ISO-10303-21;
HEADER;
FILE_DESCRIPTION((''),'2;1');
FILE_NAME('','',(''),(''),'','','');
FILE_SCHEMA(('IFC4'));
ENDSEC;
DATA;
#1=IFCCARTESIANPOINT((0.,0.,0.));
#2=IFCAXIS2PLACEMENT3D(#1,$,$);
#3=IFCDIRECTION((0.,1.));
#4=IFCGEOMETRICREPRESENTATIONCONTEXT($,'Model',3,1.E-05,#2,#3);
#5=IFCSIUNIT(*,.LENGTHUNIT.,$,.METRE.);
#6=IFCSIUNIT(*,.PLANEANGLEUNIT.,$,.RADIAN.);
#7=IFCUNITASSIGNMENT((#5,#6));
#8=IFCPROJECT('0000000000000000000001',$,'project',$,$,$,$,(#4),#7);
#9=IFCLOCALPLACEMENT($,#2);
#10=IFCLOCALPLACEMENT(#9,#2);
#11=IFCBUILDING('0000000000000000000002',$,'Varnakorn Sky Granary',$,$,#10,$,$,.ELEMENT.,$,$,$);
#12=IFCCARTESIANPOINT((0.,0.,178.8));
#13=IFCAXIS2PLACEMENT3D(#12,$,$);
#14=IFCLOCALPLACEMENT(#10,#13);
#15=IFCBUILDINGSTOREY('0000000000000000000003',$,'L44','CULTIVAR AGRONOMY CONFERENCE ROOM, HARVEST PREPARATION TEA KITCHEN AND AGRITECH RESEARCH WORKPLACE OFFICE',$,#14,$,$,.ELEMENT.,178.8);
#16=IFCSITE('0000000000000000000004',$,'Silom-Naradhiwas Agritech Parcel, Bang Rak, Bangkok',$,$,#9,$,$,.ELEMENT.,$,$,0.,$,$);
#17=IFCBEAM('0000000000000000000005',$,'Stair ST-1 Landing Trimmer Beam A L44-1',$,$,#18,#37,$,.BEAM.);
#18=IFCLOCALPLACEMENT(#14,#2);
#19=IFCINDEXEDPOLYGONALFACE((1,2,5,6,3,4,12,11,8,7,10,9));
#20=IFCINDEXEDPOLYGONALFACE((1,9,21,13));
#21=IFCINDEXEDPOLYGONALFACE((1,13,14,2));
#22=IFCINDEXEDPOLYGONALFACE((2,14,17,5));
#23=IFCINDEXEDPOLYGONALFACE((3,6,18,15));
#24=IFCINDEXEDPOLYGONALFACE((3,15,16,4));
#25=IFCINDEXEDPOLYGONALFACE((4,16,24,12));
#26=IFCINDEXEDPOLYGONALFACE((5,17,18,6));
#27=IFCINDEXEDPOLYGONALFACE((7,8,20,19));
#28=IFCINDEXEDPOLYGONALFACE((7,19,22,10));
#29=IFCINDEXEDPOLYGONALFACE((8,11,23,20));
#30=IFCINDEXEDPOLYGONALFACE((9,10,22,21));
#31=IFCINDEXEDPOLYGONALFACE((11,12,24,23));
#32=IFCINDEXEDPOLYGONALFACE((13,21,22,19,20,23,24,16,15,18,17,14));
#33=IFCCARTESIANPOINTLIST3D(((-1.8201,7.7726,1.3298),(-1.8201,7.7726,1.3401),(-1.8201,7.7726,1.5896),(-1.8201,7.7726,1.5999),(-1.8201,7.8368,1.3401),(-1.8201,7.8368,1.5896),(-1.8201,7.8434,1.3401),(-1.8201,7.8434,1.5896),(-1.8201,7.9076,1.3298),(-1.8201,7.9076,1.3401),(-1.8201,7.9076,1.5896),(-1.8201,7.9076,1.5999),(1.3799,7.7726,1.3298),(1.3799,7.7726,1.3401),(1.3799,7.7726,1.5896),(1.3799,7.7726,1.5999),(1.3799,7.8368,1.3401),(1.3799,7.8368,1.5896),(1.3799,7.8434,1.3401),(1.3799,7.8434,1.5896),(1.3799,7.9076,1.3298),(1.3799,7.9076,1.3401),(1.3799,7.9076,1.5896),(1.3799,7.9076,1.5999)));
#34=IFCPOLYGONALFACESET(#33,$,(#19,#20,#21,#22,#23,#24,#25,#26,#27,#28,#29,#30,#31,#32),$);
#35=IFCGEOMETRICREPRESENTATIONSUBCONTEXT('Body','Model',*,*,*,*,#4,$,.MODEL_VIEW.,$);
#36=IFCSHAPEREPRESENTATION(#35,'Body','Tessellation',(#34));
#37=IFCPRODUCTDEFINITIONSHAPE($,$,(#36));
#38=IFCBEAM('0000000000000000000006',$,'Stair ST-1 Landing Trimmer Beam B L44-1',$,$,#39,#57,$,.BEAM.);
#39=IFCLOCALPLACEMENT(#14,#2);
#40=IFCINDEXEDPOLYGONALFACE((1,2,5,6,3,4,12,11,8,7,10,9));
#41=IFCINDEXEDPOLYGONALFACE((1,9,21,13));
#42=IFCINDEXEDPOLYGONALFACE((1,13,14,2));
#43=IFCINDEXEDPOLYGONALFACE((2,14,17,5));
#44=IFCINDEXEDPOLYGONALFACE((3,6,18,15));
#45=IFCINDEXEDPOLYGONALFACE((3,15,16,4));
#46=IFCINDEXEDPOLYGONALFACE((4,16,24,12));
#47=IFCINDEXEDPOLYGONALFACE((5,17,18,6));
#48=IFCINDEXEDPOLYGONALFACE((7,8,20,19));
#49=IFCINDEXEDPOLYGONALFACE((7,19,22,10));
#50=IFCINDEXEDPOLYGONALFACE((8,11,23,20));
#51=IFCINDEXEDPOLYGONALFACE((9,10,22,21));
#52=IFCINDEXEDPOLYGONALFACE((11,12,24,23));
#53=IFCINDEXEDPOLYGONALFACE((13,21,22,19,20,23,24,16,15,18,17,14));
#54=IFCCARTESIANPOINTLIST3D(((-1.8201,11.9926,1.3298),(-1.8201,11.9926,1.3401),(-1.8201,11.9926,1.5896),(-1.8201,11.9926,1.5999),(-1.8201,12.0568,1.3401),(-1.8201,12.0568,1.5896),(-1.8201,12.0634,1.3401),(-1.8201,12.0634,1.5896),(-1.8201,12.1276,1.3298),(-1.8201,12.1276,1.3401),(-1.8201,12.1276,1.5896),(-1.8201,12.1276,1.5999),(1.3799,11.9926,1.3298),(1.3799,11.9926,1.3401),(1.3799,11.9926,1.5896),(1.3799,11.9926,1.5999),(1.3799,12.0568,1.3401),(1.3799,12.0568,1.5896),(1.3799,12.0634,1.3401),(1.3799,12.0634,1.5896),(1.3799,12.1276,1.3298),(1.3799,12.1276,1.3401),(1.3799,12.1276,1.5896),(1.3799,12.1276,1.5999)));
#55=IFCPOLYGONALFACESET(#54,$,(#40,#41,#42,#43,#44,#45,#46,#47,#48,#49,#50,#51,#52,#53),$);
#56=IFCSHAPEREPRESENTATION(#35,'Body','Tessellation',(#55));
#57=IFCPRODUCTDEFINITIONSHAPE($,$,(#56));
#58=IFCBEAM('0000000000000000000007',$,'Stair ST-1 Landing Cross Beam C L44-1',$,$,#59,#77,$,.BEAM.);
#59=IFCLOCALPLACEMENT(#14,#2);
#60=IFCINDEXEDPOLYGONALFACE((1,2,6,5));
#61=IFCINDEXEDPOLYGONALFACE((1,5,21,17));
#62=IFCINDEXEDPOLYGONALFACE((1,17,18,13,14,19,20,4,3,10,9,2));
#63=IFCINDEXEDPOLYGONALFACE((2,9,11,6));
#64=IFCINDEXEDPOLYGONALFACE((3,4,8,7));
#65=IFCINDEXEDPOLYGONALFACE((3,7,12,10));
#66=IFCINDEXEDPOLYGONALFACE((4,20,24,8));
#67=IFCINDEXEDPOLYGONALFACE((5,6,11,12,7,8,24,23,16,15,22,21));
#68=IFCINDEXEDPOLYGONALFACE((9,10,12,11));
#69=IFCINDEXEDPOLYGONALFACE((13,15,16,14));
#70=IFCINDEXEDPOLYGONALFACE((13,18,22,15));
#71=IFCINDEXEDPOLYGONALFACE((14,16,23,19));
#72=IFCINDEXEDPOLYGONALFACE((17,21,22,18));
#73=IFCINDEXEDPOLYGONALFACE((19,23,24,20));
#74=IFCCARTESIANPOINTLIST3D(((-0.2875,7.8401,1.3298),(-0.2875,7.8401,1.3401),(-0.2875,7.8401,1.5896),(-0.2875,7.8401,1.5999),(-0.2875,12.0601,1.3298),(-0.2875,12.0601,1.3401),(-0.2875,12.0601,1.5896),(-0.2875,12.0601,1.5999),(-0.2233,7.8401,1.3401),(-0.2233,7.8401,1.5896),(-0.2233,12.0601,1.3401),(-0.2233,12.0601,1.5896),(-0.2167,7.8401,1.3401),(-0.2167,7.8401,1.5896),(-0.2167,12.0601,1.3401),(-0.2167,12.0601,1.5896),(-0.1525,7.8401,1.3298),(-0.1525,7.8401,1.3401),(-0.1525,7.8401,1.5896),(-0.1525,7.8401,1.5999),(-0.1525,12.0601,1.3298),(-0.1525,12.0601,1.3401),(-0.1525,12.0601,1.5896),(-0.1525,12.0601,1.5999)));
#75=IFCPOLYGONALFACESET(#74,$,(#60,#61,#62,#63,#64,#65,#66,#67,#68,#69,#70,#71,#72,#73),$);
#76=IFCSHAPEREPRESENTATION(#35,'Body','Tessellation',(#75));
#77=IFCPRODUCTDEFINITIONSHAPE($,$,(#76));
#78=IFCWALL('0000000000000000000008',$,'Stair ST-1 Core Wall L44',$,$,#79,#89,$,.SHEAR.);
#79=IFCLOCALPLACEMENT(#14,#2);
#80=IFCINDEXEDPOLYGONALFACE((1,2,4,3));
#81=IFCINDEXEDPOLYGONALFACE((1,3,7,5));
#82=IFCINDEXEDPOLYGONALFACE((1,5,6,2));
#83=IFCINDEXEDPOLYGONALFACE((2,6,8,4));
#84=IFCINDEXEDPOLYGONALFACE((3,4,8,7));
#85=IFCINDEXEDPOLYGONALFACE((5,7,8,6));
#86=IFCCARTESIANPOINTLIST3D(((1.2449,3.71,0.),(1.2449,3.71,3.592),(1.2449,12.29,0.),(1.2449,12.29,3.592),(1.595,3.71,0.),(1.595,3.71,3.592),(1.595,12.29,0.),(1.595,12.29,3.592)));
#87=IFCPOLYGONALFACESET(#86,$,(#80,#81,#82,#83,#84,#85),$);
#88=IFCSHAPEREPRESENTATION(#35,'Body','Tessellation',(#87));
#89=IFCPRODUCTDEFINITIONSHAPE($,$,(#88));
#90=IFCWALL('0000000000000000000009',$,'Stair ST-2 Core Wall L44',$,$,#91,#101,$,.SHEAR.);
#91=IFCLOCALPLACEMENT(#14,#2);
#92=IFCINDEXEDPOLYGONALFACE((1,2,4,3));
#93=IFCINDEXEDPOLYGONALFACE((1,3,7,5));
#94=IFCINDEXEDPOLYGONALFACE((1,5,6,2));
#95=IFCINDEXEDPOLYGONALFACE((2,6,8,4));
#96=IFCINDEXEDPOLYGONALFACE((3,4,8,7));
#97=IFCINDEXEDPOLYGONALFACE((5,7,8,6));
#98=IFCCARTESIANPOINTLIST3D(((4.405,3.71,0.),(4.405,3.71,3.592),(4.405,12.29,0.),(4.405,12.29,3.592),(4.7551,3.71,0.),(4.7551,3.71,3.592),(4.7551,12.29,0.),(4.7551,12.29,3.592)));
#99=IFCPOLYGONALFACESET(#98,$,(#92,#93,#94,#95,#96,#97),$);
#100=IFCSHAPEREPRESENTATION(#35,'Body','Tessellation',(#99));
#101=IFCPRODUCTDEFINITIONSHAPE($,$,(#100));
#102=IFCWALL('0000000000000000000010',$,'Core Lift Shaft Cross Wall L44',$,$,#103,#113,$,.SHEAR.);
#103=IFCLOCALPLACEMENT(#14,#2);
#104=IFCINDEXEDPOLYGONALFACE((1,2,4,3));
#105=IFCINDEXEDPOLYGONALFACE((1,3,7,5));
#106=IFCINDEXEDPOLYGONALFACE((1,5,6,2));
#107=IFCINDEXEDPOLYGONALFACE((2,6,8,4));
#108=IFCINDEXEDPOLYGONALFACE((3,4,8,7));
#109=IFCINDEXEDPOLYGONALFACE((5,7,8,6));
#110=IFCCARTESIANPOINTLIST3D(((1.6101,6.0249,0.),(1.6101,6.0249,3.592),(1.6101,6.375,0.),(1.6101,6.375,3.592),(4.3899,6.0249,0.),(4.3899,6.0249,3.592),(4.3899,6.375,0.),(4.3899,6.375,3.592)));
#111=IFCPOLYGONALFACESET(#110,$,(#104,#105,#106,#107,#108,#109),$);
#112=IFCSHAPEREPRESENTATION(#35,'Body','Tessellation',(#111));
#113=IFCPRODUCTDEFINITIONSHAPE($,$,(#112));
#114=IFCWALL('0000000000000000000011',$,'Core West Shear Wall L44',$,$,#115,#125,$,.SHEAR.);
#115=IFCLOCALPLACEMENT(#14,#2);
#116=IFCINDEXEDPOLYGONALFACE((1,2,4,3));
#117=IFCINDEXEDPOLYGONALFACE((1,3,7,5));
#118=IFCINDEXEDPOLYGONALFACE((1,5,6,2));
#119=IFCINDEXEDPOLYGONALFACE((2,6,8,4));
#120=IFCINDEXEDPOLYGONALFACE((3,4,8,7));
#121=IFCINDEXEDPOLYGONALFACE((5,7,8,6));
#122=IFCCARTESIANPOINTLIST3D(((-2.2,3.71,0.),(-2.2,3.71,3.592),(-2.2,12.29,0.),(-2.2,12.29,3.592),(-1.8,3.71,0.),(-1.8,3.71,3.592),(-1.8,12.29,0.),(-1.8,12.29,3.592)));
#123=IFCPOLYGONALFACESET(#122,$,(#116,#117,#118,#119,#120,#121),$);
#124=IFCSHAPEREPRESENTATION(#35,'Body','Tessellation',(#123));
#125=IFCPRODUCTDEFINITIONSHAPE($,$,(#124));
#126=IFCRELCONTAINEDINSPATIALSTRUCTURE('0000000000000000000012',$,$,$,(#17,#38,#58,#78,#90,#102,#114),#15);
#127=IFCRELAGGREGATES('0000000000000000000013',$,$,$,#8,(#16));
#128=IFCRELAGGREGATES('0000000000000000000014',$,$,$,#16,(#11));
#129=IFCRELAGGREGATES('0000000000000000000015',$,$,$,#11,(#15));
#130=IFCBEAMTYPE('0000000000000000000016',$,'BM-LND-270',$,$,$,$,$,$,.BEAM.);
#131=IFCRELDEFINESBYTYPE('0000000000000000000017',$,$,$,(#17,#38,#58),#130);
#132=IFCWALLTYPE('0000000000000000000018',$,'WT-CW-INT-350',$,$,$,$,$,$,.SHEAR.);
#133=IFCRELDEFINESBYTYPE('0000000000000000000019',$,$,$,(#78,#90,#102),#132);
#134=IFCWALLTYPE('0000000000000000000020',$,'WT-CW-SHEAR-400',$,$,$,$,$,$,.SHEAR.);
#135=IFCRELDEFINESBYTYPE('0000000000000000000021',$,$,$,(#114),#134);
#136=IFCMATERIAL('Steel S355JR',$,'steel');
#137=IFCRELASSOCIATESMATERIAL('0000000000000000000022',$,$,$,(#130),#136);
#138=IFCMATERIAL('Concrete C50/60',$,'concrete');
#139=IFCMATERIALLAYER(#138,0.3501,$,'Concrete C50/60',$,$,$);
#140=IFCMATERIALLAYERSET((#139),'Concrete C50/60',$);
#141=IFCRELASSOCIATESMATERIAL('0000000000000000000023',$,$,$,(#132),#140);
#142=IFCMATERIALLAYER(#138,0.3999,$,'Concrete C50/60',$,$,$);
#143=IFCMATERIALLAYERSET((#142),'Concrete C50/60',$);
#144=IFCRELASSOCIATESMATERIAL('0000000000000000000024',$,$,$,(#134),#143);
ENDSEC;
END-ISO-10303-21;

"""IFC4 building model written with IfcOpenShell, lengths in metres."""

from ifc_helpers import new_model, si_unit, direction, frame, frame_2d, origin, origin_2d, place, context, subcontext, project, spatial, rectangle, i_section, extrude, material, layer, layer_set, material_profile, profile_set, type_object, element, save


model = new_model("IFC4")

# Units and contexts
model_context = context("Model", 3, precision=1e-05, world=origin(), true_north=direction((0.0, 1.0)))
body_context = subcontext(model_context, "Body", "Model", "MODEL_VIEW")
ifc_project = project(units=[si_unit("LENGTHUNIT", "METRE"), si_unit("PLANEANGLEUNIT", "RADIAN")], contexts=[model_context])

# Site, building, storey
site_placement = place(None, origin())
site = spatial("IfcSite", under=ifc_project, at=site_placement, Name="Silom-Naradhiwas Agritech Parcel, Bang Rak, Bangkok", CompositionType="ELEMENT", RefElevation=0.0)
building_placement = place(site_placement, origin())
building = spatial("IfcBuilding", under=site, at=building_placement, Name="Varnakorn Sky Granary", CompositionType="ELEMENT")
storey_placement = place(building_placement, frame((0.0, 0.0, 178.8)))
storey = spatial("IfcBuildingStorey", under=building, at=storey_placement, Name="L44", Description="CULTIVAR AGRONOMY CONFERENCE ROOM, HARVEST PREPARATION TEA KITCHEN AND AGRITECH RESEARCH WORKPLACE OFFICE", CompositionType="ELEMENT", Elevation=178.8)

# Beams
ifc_material_1 = material(Name="Steel S355JR", Category="steel")
ifc_material_profile = material_profile(ifc_material_1, i_section(OverallWidth=0.135, OverallDepth=0.27, WebThickness=0.0066, FlangeThickness=0.0103, at=origin_2d()), Name="IPE 270")
ifc_profile_set = profile_set([ifc_material_profile], Name="Steel S355JR")
beam_type = type_object("IfcBeamType", Name="BM-LND-270", PredefinedType="BEAM", material=ifc_profile_set)
for number, where, z_axis, x_axis, name in (
    (1, (-1.8201, 7.8401, 1.4648), (1.0, 0.0, 0.0), (0.0, 1.0, 0.0), "Stair ST-1 Landing Trimmer Beam A L44-1"),
    (2, (-1.8201, 12.0601, 1.4648), (1.0, 0.0, 0.0), (0.0, 1.0, 0.0), "Stair ST-1 Landing Trimmer Beam B L44-1"),
):
    element("IfcBeam", number, at=place(storey_placement, frame(where, z_axis=z_axis, x_axis=x_axis)), inside=storey, type_object=beam_type, Name=name, PredefinedType="BEAM", context=body_context, shape_type="SweptSolid", body=[
        extrude(i_section(OverallWidth=0.135, OverallDepth=0.27, WebThickness=0.0066, FlangeThickness=0.0103, at=origin_2d()), origin(), (0.0, 0.0, 1.0), 3.2),
    ])
beam_placement = place(storey_placement, frame((-0.22, 7.8401, 1.4648), z_axis=(0.0, 1.0, 0.0), x_axis=(-1.0, 0.0, 0.0)))
element("IfcBeam", 3, at=beam_placement, inside=storey, type_object=beam_type, Name="Stair ST-1 Landing Cross Beam C L44-1", PredefinedType="BEAM", context=body_context, shape_type="SweptSolid", body=[
    extrude(i_section(OverallWidth=0.135, OverallDepth=0.27, WebThickness=0.0066, FlangeThickness=0.0103, at=origin_2d()), origin(), (0.0, 0.0, 1.0), 4.22),
])

# Walls
ifc_material_2 = material(Name="Concrete C50/60", Category="concrete")
ifc_layer_1 = layer(ifc_material_2, 0.3501, Name="Concrete C50/60")
ifc_layer_set_1 = layer_set([ifc_layer_1], Name="Concrete C50/60")
wall_type_1 = type_object("IfcWallType", Name="WT-CW-INT-350", PredefinedType="SHEAR", material=ifc_layer_set_1)
for number, where, z_axis, x_axis, name in (
    (4, (1.4199, 3.71, 0.0), (0.0, 0.0, 1.0), (0.0, 1.0, 0.0), "Stair ST-1 Core Wall L44"),
    (5, (4.5801, 3.71, 0.0), (0.0, 0.0, 1.0), (0.0, 1.0, 0.0), "Stair ST-2 Core Wall L44"),
):
    element("IfcWall", number, at=place(storey_placement, frame(where, z_axis=z_axis, x_axis=x_axis)), inside=storey, type_object=wall_type_1, Name=name, PredefinedType="SHEAR", context=body_context, shape_type="SweptSolid", body=[
        extrude(rectangle(XDim=8.5801, YDim=0.3501, at=frame_2d((4.29, 0.0))), origin(), (0.0, 0.0, 1.0), 3.592),
    ])
wall_1_placement = place(storey_placement, frame((1.6101, 6.2, 0.0), z_axis=(0.0, 0.0, 1.0), x_axis=(1.0, 0.0, 0.0)))
element("IfcWall", 6, at=wall_1_placement, inside=storey, type_object=wall_type_1, Name="Core Lift Shaft Cross Wall L44", PredefinedType="SHEAR", context=body_context, shape_type="SweptSolid", body=[
    extrude(rectangle(XDim=2.7798, YDim=0.3501, at=frame_2d((1.3899, 0.0))), origin(), (0.0, 0.0, 1.0), 3.592),
])
ifc_layer_2 = layer(ifc_material_2, 0.3999, Name="Concrete C50/60")
ifc_layer_set_2 = layer_set([ifc_layer_2], Name="Concrete C50/60")
wall_type_2 = type_object("IfcWallType", Name="WT-CW-SHEAR-400", PredefinedType="SHEAR", material=ifc_layer_set_2)
wall_2_placement = place(storey_placement, frame((-2.0, 3.71, 0.0), z_axis=(0.0, 0.0, 1.0), x_axis=(0.0, 1.0, 0.0)))
element("IfcWall", 7, at=wall_2_placement, inside=storey, type_object=wall_type_2, Name="Core West Shear Wall L44", PredefinedType="SHEAR", context=body_context, shape_type="SweptSolid", body=[
    extrude(rectangle(XDim=8.5801, YDim=0.3999, at=frame_2d((4.29, 0.0))), origin(), (0.0, 0.0, 1.0), 3.592),
])

save(model, "model.ifc")
